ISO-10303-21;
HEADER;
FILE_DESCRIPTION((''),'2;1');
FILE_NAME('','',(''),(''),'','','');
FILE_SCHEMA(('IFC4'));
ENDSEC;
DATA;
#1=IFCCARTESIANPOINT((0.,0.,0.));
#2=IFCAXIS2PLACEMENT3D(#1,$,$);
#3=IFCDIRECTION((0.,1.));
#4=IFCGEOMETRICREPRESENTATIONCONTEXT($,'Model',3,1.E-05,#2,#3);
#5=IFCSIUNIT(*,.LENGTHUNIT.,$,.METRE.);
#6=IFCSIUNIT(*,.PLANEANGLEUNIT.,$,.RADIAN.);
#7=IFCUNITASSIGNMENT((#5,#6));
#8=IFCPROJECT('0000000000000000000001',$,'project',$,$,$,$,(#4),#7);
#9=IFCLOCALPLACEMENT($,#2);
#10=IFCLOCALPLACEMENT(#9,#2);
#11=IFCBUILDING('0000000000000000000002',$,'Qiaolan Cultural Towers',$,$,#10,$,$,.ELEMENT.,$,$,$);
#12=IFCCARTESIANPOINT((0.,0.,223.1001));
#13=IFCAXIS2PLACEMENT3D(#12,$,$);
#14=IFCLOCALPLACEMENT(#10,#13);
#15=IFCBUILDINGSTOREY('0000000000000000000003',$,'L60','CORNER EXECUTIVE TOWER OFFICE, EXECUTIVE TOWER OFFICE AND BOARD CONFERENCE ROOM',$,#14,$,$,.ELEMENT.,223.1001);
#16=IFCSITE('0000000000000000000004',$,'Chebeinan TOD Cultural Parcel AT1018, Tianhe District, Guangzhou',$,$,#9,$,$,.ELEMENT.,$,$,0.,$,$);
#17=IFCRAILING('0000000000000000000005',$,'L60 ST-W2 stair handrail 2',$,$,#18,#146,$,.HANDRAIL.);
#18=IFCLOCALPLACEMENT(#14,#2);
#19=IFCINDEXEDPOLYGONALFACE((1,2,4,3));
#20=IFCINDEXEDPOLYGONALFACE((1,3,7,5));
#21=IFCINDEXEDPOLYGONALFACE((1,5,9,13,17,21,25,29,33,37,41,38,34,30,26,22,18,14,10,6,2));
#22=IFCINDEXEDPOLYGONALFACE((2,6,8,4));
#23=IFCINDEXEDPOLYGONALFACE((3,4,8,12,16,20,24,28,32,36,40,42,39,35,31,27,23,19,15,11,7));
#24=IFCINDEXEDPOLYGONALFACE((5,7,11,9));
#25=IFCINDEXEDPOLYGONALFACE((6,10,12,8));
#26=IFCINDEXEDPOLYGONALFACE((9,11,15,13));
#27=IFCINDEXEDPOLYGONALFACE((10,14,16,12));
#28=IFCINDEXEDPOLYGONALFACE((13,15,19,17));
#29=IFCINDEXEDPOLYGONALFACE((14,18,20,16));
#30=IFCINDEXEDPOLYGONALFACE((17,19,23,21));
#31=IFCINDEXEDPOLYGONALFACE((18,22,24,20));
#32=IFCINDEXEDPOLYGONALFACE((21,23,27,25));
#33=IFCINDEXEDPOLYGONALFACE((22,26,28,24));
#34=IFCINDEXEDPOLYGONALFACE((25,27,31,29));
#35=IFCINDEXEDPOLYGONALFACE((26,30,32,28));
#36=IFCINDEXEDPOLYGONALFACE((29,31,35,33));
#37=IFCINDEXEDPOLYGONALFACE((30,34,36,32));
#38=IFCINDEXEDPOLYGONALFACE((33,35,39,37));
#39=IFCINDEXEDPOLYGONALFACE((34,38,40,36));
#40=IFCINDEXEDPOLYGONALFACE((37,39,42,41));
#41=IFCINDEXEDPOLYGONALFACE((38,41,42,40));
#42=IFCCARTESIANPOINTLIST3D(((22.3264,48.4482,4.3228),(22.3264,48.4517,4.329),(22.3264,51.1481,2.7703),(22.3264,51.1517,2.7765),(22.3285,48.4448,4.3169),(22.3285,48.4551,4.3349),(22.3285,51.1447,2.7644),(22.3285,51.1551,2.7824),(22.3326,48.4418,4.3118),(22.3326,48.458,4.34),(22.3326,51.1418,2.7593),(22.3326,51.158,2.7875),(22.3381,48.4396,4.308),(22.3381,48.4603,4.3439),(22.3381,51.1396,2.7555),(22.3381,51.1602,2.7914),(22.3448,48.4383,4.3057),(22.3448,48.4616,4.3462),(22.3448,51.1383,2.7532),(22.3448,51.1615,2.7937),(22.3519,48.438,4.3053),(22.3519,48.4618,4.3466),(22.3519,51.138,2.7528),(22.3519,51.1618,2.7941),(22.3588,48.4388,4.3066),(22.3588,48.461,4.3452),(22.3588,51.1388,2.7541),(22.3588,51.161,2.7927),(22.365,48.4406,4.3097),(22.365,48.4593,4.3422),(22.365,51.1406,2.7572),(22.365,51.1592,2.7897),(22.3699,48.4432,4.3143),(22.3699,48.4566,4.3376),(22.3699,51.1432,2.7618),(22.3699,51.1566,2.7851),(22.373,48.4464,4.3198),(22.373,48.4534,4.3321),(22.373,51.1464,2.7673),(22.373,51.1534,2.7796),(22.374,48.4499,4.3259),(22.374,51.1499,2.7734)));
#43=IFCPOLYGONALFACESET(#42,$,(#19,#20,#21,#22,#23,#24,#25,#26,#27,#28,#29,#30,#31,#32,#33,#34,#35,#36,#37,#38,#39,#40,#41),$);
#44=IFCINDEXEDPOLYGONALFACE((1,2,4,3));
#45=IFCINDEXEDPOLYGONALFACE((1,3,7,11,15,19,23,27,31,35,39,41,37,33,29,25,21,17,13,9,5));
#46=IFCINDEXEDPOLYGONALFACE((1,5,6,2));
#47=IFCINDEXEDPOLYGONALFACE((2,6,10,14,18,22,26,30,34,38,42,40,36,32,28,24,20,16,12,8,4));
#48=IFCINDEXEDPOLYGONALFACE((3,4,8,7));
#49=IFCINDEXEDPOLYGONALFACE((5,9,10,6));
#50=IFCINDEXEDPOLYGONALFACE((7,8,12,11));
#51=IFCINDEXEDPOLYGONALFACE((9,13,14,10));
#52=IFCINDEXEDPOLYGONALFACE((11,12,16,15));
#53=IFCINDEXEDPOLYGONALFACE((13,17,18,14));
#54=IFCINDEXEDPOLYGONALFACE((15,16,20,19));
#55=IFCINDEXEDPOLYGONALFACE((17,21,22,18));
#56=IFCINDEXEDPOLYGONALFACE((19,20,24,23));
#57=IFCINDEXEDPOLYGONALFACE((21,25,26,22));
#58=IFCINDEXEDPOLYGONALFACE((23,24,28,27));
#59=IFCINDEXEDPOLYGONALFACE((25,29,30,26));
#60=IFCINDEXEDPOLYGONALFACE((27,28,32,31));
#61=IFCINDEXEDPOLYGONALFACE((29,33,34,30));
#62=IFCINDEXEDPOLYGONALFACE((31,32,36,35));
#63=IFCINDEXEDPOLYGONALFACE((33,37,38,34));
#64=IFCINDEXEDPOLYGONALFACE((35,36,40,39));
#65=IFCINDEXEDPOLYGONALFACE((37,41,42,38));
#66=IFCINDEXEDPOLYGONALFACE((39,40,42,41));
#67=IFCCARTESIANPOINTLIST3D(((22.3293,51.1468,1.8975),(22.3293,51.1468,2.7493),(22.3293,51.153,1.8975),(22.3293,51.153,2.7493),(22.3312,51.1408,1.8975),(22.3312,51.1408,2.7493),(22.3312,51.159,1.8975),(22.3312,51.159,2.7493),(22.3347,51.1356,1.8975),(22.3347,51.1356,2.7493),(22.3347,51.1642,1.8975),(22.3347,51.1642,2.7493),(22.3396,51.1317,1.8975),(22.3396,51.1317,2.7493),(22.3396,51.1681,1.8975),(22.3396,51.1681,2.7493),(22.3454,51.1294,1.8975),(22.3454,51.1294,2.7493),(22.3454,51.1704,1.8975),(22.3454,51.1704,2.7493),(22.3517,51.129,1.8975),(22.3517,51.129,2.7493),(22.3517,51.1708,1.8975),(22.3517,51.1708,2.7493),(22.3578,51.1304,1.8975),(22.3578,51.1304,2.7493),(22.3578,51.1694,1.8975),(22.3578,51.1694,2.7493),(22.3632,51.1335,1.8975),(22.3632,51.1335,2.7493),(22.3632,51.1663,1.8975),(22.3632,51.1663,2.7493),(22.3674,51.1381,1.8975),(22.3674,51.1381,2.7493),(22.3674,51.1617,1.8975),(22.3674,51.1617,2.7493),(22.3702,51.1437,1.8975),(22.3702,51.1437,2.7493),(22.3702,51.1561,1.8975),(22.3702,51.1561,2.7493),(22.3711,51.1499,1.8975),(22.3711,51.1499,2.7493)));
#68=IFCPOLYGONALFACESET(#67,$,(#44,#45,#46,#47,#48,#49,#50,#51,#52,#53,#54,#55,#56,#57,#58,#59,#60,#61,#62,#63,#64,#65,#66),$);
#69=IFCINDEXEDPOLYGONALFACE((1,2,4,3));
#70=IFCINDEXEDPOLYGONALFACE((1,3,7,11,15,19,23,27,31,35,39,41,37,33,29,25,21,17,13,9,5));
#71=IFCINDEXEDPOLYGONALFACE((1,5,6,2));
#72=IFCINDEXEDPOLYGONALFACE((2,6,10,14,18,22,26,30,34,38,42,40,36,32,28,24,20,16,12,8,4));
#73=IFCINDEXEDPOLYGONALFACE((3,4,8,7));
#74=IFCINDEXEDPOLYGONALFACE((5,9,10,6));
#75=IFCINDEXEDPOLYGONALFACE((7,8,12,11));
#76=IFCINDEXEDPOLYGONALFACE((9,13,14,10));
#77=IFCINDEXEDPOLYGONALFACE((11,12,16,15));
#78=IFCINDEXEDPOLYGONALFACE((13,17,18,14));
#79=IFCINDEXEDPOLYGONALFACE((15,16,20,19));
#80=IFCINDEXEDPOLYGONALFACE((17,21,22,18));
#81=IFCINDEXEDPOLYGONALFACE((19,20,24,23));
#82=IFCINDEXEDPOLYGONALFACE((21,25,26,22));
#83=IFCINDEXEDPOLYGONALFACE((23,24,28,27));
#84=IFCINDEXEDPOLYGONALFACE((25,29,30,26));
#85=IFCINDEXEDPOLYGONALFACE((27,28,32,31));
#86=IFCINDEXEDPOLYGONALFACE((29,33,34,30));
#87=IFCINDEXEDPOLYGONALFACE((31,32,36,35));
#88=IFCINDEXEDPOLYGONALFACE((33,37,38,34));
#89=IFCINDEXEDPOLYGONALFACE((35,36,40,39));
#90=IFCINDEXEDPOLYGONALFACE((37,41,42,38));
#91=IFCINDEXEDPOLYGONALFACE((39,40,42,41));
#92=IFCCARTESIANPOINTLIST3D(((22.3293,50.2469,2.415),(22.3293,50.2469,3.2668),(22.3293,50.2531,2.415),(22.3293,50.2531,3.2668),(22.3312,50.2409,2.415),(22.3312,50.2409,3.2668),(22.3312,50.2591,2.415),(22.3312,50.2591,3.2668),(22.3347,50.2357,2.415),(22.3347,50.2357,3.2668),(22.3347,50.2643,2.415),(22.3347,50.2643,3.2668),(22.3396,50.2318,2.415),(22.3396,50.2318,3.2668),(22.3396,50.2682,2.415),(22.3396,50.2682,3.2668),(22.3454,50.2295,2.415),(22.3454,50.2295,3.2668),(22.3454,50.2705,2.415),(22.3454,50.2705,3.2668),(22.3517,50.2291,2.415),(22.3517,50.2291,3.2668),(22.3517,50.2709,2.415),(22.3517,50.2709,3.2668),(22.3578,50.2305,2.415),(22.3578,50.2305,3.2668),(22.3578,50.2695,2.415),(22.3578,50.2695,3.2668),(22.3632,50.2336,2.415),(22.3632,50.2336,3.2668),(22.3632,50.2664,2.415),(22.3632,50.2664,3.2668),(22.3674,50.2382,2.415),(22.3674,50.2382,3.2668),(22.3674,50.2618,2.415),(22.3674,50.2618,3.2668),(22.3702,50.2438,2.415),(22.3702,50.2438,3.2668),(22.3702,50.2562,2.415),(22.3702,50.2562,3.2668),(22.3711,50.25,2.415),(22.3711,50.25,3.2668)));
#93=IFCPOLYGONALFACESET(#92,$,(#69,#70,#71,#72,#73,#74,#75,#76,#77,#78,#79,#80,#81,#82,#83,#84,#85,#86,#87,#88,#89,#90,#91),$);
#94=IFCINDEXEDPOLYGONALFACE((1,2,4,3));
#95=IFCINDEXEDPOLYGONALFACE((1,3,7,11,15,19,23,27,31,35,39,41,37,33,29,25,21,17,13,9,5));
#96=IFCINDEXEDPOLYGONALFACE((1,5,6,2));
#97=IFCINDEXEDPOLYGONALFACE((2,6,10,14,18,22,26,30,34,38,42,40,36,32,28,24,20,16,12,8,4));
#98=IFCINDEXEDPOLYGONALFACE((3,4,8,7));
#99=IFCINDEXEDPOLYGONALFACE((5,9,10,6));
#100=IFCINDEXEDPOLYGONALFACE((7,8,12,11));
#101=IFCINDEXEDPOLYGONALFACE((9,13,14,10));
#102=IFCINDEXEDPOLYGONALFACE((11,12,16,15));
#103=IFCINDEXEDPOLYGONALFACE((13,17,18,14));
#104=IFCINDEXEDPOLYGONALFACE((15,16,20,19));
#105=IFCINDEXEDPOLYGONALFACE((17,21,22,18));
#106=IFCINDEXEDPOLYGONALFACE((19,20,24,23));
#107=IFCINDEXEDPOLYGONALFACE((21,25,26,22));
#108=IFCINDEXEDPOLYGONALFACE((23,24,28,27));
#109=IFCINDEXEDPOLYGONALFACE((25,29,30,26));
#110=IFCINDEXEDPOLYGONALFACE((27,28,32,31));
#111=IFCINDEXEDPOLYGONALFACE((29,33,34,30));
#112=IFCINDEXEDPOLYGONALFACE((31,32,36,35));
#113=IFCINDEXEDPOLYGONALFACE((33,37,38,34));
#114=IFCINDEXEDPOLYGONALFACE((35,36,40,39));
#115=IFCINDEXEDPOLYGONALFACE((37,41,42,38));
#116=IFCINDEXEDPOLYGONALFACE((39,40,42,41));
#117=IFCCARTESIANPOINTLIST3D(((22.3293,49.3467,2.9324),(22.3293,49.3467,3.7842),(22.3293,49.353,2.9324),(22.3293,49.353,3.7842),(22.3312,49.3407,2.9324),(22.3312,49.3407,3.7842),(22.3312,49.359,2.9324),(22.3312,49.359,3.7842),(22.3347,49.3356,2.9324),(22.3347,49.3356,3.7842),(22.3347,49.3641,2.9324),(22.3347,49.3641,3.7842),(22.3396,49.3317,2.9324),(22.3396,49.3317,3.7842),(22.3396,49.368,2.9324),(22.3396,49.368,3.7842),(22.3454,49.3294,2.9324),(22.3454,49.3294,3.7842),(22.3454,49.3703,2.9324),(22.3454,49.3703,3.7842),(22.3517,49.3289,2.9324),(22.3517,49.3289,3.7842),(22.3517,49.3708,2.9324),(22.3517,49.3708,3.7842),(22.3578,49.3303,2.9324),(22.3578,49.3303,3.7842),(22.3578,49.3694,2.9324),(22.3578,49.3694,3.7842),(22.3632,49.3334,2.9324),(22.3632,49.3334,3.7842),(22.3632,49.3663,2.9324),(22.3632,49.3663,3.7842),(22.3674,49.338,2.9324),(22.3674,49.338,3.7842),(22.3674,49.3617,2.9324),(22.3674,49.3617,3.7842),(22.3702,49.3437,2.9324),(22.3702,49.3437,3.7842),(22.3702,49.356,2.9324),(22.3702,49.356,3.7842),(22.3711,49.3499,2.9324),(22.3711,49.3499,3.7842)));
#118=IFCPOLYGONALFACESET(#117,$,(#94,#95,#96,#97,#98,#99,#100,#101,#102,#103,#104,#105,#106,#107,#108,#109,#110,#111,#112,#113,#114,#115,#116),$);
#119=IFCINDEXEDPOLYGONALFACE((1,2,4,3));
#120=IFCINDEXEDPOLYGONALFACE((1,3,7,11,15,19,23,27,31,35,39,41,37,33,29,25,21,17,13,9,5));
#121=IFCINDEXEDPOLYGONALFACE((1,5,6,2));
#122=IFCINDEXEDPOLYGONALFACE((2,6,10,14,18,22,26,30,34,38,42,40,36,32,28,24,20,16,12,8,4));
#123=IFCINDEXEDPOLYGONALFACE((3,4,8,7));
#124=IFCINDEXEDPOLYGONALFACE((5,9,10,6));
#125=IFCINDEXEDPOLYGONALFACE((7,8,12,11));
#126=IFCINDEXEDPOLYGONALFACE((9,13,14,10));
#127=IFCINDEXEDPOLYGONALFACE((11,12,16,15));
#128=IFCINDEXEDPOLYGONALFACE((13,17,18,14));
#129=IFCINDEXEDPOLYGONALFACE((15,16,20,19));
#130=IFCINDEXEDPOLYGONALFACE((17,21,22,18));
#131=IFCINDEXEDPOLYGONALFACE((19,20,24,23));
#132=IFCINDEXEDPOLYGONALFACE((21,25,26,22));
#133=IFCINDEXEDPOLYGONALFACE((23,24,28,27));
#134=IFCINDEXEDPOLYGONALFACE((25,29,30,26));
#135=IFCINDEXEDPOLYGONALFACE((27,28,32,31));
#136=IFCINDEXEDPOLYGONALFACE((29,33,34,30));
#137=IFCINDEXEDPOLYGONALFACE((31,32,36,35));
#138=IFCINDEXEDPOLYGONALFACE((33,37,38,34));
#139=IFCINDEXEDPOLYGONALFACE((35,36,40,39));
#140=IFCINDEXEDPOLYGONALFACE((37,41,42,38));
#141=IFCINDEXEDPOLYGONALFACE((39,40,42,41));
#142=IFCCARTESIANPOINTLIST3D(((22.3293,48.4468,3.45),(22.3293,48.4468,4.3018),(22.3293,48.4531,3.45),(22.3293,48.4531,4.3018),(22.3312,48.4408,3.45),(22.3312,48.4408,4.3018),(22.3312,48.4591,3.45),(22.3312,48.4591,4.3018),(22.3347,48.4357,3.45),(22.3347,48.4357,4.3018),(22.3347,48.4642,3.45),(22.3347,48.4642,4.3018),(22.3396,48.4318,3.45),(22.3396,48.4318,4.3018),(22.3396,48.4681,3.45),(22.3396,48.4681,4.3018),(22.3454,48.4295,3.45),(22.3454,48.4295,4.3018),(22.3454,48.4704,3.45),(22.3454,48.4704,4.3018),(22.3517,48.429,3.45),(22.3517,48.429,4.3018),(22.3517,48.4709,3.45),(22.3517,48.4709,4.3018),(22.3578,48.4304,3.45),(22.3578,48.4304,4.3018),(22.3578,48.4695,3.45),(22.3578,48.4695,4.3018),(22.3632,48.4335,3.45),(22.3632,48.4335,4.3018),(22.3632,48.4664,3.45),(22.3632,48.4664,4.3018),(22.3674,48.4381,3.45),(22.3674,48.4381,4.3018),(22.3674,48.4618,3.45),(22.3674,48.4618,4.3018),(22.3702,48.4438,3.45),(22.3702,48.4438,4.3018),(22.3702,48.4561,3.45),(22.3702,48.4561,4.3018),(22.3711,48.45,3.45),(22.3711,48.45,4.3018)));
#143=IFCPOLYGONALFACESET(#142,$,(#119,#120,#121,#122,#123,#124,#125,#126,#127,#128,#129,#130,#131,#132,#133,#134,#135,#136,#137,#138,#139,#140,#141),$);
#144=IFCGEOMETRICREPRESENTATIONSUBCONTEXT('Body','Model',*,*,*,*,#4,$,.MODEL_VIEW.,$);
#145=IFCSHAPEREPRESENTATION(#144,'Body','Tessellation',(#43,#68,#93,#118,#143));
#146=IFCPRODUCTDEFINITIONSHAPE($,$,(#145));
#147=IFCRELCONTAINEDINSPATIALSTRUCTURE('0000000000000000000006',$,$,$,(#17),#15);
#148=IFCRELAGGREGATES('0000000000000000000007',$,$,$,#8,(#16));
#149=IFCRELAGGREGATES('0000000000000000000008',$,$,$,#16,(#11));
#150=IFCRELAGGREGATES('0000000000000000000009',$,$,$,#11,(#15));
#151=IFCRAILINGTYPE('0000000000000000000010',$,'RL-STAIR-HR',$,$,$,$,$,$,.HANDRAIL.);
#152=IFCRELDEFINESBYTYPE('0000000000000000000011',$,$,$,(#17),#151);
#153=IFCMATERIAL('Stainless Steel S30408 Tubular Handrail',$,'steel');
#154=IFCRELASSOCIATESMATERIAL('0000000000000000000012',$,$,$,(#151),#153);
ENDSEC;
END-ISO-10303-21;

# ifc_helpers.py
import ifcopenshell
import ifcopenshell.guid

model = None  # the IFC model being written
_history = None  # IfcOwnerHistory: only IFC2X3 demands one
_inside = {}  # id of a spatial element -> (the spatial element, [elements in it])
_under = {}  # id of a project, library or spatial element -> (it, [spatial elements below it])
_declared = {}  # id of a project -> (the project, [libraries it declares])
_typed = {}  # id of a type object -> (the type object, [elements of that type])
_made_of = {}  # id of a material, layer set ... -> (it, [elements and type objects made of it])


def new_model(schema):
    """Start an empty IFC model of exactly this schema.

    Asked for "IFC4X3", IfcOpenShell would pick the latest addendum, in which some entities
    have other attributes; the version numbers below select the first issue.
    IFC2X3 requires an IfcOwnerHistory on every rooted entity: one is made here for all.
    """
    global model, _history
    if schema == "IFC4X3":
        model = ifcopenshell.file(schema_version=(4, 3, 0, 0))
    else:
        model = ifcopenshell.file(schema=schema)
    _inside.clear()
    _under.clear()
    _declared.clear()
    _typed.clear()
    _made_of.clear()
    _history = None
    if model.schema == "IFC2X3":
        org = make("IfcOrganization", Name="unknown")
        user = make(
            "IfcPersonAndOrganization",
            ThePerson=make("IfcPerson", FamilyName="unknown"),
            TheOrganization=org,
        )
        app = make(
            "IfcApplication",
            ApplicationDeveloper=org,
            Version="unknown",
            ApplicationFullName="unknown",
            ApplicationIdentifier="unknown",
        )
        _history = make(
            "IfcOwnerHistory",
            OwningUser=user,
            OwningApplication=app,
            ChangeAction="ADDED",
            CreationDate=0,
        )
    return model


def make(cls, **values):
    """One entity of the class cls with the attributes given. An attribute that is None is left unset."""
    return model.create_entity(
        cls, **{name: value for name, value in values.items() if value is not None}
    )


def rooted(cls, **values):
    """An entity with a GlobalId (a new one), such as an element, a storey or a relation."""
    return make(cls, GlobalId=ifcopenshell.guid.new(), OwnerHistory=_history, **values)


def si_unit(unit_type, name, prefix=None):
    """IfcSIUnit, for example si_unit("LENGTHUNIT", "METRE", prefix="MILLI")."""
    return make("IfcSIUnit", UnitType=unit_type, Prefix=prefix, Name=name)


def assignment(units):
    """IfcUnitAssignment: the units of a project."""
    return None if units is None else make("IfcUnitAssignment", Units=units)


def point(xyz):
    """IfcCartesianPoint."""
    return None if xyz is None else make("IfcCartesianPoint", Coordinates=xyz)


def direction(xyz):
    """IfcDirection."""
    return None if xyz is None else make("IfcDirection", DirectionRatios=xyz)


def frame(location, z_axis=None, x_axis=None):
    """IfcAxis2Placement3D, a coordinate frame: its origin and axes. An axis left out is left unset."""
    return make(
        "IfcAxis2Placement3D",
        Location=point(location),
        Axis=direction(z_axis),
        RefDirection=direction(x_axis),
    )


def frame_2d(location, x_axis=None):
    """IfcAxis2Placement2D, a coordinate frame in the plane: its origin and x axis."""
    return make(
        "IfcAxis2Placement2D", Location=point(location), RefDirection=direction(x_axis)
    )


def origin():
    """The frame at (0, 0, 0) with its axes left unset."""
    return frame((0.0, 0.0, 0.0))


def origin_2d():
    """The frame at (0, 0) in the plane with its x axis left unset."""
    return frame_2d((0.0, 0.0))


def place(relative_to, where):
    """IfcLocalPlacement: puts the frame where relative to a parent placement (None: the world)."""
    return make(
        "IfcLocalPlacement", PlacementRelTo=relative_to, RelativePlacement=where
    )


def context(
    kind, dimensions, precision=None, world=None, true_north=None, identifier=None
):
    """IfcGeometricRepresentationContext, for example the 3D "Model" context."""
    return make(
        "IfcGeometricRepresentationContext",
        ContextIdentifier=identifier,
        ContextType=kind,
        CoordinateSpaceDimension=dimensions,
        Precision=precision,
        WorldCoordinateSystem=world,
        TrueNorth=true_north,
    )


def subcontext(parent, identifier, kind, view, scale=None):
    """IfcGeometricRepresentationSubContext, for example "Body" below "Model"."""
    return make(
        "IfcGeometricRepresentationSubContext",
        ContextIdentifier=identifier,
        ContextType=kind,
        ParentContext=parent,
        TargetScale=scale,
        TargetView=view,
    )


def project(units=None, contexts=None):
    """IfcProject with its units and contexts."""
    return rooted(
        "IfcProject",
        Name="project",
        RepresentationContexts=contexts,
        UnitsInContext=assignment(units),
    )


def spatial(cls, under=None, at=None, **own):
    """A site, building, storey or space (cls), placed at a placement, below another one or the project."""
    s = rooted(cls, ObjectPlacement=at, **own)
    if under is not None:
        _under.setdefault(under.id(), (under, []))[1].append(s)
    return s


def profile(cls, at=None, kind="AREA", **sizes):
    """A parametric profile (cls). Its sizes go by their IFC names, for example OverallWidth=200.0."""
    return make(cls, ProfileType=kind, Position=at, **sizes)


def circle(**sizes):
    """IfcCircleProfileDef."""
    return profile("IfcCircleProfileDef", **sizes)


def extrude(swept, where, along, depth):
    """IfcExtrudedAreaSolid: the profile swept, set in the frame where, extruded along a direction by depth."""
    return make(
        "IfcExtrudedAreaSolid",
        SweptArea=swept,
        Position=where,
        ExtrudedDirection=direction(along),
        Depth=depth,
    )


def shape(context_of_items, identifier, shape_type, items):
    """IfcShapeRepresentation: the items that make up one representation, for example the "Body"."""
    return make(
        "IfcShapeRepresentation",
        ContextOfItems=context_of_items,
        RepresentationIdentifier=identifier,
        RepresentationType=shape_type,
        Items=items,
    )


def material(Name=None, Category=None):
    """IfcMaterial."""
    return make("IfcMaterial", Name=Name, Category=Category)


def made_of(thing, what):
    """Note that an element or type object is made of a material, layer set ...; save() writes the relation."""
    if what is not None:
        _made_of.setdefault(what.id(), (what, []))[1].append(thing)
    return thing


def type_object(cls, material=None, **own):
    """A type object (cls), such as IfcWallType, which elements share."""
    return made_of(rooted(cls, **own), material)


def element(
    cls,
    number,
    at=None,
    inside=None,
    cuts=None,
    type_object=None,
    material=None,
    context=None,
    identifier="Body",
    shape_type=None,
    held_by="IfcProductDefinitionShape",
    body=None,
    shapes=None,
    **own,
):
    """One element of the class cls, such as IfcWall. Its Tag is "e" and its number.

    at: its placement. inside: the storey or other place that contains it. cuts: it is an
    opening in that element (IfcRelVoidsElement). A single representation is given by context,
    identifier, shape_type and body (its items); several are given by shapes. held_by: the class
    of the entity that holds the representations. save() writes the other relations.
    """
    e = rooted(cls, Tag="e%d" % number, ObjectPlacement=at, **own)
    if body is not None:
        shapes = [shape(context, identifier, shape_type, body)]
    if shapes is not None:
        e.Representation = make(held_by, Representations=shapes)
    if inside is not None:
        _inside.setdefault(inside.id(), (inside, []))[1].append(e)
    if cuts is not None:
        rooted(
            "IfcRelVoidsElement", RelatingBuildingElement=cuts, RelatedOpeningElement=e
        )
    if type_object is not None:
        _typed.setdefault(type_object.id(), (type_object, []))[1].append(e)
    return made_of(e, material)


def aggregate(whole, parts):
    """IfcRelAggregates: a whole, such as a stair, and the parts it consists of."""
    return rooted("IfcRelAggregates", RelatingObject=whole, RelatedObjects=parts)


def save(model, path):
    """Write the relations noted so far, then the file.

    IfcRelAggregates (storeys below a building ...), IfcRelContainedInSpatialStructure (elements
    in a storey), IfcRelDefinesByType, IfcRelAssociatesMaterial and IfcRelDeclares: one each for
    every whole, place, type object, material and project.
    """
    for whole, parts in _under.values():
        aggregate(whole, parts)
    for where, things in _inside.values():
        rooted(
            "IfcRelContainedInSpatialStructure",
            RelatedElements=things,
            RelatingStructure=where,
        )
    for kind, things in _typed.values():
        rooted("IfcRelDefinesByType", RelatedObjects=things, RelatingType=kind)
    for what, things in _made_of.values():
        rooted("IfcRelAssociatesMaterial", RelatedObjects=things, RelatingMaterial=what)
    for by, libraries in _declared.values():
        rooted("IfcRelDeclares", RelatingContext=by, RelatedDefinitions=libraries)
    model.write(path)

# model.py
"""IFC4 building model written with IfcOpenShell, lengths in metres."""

from ifc_helpers import new_model, si_unit, direction, frame, origin, origin_2d, place, context, subcontext, project, spatial, circle, extrude, material, type_object, element, save


model = new_model("IFC4")

# Units and contexts
model_context = context("Model", 3, precision=1e-05, world=origin(), true_north=direction((0.0, 1.0)))
body_context = subcontext(model_context, "Body", "Model", "MODEL_VIEW")
ifc_project = project(units=[si_unit("LENGTHUNIT", "METRE"), si_unit("PLANEANGLEUNIT", "RADIAN")], contexts=[model_context])

# Site, building, storey
site_placement = place(None, origin())
site = spatial("IfcSite", under=ifc_project, at=site_placement, Name="Chebeinan TOD Cultural Parcel AT1018, Tianhe District, Guangzhou", CompositionType="ELEMENT", RefElevation=0.0)
building_placement = place(site_placement, origin())
building = spatial("IfcBuilding", under=site, at=building_placement, Name="Qiaolan Cultural Towers", CompositionType="ELEMENT")
storey_placement = place(building_placement, frame((0.0, 0.0, 223.1001)))
storey = spatial("IfcBuildingStorey", under=building, at=storey_placement, Name="L60", Description="CORNER EXECUTIVE TOWER OFFICE, EXECUTIVE TOWER OFFICE AND BOARD CONFERENCE ROOM", CompositionType="ELEMENT", Elevation=223.1001)

# Railing
ifc_material_1 = material(Name="Stainless Steel S30408 Tubular Handrail", Category="steel")
railing_type_1 = type_object("IfcRailingType", Name="RL-STAIR-HR", PredefinedType="HANDRAIL", material=ifc_material_1)
railing_1_placement = place(storey_placement, frame((22.3501, 51.1499, 1.8975)))
element("IfcRailing", 1, at=railing_1_placement, inside=storey, type_object=railing_type_1, Name="L60 ST-W2 stair handrail 2", PredefinedType="HANDRAIL", context=body_context, shape_type="SweptSolid", body=[
    extrude(circle(Radius=0.0239, at=origin_2d()), frame((0.0, 0.0, 0.876), z_axis=(0.0, -0.866904, 0.498476), x_axis=(1.0, 0.0, 0.0)), (0.0, 0.0, 1.0), 3.1145),
    extrude(circle(Radius=0.021, at=origin_2d()), origin(), (0.0, 0.0, 1.0), 0.8518),
    extrude(circle(Radius=0.021, at=origin_2d()), frame((0.0, -0.8999, 0.5176)), (0.0, 0.0, 1.0), 0.8518),
    extrude(circle(Radius=0.021, at=origin_2d()), frame((0.0, -1.8, 1.0349)), (0.0, 0.0, 1.0), 0.8518),
    extrude(circle(Radius=0.021, at=origin_2d()), frame((0.0, -2.7, 1.5525)), (0.0, 0.0, 1.0), 0.8518),
])

save(model, "model.ifc")
